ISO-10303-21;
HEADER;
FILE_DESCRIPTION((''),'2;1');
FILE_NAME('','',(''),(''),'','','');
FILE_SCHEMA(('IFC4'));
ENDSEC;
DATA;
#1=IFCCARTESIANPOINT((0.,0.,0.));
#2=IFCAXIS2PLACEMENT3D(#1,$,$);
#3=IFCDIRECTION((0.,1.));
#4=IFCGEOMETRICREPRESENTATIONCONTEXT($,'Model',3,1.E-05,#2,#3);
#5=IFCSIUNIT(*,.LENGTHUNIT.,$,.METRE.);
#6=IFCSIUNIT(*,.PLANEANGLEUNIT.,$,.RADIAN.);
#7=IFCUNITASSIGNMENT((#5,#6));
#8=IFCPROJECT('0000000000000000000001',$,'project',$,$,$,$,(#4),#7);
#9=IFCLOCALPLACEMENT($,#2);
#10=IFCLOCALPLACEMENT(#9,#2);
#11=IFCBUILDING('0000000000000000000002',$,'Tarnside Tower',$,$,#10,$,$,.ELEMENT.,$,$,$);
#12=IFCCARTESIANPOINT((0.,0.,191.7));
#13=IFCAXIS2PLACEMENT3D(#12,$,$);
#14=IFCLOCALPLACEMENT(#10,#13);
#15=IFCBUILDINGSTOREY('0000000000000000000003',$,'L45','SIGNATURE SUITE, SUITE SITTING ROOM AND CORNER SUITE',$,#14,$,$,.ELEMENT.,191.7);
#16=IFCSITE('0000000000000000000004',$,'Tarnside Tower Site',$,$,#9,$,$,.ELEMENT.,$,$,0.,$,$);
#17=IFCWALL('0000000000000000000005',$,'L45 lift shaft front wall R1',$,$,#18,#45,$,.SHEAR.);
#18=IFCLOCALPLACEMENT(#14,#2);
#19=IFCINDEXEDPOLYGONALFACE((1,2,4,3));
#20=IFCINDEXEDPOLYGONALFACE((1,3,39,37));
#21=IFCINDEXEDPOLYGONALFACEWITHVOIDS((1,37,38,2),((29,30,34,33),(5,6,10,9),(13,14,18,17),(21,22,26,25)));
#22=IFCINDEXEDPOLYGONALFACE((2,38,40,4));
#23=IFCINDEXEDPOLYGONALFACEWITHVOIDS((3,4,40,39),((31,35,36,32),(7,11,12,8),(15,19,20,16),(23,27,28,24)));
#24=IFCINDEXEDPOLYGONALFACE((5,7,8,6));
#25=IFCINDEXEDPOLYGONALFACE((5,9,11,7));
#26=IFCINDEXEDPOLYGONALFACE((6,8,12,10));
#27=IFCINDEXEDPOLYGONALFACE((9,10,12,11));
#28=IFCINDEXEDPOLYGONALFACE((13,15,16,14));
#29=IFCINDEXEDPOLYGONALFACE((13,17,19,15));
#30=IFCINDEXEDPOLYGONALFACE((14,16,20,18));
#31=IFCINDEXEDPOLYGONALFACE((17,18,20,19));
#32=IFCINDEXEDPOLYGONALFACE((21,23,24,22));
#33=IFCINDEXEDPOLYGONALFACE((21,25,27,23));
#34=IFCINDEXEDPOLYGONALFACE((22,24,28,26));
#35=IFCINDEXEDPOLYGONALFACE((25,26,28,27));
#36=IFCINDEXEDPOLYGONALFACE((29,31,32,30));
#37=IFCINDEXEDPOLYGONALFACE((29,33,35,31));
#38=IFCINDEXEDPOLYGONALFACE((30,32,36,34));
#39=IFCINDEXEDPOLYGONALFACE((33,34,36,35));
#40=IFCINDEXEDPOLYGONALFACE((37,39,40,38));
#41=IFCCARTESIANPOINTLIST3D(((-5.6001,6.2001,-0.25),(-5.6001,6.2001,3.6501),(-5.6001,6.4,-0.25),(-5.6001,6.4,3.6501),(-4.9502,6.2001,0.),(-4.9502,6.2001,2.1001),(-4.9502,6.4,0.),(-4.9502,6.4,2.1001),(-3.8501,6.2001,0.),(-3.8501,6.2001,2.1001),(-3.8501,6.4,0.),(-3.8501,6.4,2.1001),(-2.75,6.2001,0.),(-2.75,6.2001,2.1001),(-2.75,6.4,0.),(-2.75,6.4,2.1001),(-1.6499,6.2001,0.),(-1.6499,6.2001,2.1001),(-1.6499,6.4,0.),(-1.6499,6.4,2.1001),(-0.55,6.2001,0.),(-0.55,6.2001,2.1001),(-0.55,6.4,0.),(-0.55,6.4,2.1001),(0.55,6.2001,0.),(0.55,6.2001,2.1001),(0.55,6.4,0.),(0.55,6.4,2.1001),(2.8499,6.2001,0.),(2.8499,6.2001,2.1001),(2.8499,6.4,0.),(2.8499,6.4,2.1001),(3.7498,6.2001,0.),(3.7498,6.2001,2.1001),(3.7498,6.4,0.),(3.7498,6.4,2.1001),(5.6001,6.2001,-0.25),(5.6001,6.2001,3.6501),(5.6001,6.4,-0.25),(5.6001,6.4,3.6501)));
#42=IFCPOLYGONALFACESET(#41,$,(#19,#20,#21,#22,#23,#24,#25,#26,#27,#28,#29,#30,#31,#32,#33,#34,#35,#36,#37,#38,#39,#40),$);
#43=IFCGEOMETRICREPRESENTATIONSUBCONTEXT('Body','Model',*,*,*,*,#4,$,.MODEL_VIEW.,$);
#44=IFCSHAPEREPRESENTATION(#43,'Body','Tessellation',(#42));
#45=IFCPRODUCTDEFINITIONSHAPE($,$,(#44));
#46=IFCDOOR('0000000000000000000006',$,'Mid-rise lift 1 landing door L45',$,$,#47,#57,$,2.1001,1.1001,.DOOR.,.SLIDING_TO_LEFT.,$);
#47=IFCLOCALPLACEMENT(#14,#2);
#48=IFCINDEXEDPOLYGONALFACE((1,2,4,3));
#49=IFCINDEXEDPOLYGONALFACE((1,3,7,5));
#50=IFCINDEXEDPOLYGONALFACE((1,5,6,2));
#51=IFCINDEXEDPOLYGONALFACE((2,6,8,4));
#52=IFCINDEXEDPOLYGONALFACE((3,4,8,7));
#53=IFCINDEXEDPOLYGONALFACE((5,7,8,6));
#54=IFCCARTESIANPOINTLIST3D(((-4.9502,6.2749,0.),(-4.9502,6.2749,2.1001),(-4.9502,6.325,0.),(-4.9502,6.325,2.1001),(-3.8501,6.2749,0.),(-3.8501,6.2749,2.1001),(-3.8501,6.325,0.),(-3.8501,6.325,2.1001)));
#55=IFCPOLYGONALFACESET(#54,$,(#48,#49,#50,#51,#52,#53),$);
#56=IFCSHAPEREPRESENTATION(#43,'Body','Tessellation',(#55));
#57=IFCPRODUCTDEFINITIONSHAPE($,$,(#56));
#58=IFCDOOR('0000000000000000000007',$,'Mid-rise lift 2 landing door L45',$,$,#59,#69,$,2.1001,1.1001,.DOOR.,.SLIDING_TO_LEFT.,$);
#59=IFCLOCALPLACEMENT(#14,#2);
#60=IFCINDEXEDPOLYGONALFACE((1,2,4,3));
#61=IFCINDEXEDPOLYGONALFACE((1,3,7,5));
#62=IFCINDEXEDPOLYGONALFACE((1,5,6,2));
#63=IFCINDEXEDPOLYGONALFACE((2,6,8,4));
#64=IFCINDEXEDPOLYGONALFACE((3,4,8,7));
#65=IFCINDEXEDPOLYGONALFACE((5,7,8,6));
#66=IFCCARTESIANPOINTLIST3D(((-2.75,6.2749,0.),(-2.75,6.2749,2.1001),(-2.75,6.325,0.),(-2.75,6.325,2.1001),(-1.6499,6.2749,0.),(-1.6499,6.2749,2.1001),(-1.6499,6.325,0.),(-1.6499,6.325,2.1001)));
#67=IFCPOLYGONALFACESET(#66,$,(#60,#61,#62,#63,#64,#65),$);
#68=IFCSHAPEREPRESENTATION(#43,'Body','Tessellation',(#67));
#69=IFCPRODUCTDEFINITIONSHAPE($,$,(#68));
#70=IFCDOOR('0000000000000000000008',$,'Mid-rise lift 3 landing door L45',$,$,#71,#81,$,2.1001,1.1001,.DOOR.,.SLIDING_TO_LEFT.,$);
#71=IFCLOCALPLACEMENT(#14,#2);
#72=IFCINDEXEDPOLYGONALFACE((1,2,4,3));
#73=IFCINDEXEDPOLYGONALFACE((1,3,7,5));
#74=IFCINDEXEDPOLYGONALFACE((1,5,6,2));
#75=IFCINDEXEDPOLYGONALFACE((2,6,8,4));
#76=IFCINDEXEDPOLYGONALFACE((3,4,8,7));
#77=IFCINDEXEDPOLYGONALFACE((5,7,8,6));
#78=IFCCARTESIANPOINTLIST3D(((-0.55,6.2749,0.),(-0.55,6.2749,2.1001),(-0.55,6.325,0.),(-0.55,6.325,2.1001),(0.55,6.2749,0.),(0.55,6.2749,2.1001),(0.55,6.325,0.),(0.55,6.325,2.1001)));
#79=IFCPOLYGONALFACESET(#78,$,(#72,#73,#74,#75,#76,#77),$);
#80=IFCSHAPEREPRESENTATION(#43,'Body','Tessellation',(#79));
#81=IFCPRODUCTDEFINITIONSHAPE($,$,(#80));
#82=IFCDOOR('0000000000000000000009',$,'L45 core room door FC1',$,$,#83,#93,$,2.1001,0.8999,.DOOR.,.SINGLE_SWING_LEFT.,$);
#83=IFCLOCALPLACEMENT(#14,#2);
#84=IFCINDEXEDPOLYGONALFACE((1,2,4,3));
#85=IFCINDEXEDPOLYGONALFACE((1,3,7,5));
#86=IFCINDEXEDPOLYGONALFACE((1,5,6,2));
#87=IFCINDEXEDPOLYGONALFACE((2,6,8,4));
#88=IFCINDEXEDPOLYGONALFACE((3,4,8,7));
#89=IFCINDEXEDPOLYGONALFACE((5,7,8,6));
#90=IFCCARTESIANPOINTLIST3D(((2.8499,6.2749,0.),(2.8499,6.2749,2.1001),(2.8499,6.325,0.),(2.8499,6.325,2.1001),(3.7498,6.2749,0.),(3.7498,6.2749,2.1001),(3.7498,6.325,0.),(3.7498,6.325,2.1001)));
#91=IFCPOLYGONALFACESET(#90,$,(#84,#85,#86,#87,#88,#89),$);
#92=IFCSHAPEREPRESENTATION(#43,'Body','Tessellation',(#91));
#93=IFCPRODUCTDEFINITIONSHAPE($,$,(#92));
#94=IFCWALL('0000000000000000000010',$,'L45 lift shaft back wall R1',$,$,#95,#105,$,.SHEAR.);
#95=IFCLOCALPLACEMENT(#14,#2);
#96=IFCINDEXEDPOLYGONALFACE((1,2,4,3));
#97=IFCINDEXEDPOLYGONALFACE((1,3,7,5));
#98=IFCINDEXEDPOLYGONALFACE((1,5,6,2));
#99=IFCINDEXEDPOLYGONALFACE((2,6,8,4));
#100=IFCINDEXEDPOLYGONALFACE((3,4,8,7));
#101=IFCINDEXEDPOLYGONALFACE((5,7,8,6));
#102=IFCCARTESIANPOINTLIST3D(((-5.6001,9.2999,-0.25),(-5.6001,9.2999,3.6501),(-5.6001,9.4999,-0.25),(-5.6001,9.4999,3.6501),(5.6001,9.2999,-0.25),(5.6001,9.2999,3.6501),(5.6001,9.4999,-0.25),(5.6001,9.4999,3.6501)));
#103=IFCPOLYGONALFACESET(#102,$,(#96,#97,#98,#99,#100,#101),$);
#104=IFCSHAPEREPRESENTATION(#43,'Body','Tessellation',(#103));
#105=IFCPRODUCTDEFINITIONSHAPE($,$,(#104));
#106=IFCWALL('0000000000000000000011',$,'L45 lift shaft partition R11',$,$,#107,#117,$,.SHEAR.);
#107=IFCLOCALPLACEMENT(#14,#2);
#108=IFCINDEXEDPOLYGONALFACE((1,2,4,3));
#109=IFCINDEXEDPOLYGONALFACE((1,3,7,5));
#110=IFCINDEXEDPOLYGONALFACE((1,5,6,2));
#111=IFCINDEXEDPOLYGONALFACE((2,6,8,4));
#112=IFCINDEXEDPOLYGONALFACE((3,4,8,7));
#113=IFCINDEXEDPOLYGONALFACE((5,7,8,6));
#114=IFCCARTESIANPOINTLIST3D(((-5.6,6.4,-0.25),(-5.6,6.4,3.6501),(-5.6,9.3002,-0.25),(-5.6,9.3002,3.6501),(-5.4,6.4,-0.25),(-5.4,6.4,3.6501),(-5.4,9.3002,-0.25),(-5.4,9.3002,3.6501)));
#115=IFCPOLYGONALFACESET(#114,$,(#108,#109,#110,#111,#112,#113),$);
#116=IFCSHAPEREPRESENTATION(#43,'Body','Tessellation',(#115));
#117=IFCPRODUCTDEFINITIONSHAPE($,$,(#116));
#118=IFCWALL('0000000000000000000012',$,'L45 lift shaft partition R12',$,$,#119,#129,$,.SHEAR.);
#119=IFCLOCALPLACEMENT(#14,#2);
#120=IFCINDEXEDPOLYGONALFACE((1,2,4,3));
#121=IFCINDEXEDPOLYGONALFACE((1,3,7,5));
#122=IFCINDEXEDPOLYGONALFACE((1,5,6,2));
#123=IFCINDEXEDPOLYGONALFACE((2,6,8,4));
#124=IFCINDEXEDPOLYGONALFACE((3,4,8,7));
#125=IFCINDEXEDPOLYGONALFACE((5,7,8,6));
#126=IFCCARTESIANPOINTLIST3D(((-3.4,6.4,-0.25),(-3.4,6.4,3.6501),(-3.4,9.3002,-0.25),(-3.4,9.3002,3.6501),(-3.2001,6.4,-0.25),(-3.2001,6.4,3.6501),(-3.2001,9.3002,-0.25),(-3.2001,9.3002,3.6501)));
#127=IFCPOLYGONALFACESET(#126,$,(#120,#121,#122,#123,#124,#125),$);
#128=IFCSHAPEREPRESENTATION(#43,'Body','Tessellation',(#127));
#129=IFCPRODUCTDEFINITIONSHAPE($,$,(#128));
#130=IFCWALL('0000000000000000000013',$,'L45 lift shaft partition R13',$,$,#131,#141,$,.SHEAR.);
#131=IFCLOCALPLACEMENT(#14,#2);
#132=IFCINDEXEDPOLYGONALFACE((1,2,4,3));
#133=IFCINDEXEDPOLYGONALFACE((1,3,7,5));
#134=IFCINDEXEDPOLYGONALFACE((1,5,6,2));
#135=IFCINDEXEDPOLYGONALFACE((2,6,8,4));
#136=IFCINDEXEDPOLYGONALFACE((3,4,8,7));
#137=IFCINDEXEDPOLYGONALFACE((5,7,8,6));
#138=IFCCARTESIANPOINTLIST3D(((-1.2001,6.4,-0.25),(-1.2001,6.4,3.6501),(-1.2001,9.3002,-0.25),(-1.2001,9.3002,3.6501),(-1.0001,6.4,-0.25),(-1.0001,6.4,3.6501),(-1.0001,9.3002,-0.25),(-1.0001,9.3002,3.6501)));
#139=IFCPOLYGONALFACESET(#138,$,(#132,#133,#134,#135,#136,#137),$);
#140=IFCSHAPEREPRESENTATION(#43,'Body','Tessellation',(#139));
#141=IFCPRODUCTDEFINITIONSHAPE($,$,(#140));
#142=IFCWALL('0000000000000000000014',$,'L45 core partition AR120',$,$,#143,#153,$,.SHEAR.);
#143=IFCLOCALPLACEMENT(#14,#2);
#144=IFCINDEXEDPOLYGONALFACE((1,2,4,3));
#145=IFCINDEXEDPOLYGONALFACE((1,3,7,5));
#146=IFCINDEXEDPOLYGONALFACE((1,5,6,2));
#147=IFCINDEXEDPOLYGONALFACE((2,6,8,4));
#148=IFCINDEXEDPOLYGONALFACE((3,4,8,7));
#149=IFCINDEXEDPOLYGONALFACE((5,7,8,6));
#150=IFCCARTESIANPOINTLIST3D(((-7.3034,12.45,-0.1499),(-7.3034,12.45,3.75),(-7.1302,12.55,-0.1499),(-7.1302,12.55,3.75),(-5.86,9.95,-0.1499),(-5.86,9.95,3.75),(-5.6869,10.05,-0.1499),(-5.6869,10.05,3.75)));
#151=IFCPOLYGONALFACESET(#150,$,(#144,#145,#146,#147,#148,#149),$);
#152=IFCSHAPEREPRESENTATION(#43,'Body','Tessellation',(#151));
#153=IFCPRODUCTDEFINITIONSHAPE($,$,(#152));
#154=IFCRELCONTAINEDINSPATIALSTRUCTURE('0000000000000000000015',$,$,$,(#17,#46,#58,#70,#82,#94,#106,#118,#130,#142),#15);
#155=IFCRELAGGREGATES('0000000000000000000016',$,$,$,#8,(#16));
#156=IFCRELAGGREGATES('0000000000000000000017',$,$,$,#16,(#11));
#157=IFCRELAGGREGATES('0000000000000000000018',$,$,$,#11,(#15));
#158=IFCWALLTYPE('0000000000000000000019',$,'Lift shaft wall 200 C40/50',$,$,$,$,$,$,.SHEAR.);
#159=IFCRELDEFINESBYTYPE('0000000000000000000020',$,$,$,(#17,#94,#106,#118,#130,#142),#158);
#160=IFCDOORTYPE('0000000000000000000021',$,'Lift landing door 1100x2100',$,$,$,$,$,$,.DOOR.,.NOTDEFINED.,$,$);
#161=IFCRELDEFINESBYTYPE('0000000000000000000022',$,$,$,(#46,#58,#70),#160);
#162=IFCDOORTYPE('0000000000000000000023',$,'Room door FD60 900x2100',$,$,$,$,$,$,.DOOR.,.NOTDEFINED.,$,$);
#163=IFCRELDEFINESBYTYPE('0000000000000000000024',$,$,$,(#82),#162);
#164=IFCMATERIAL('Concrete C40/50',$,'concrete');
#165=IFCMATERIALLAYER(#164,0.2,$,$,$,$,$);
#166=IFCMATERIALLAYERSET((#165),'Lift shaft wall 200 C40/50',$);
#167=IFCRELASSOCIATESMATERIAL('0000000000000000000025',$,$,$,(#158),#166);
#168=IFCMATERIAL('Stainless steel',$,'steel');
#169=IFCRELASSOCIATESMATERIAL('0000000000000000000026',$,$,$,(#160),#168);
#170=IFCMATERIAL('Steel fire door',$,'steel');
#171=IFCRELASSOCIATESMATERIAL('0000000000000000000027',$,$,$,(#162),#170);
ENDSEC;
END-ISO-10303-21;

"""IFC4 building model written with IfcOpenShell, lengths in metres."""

from ifc_helpers import new_model, si_unit, direction, frame, frame_2d, origin, place, context, subcontext, project, spatial, rectangle, extrude, material, layer, layer_set, type_object, element, fill, save


model = new_model("IFC4")

# Units and contexts
model_context = context("Model", 3, precision=1e-05, world=origin(), true_north=direction((0.0, 1.0)))
body_context = subcontext(model_context, "Body", "Model", "MODEL_VIEW")
ifc_project = project(units=[si_unit("LENGTHUNIT", "METRE"), si_unit("PLANEANGLEUNIT", "RADIAN")], contexts=[model_context])

# Site, building, storey
site_placement = place(None, origin())
site = spatial("IfcSite", under=ifc_project, at=site_placement, Name="Tarnside Tower Site", CompositionType="ELEMENT", RefElevation=0.0)
building_placement = place(site_placement, origin())
building = spatial("IfcBuilding", under=site, at=building_placement, Name="Tarnside Tower", CompositionType="ELEMENT")
storey_placement = place(building_placement, frame((0.0, 0.0, 191.7)))
storey = spatial("IfcBuildingStorey", under=building, at=storey_placement, Name="L45", Description="SIGNATURE SUITE, SUITE SITTING ROOM AND CORNER SUITE", CompositionType="ELEMENT", Elevation=191.7)

# Shared definitions
ifc_material_1 = material(Name="Steel fire door", Category="steel")

# Wall, openings, doors
ifc_material_2 = material(Name="Concrete C40/50", Category="concrete")
ifc_layer_1 = layer(ifc_material_2, 0.2)
ifc_layer_set_1 = layer_set([ifc_layer_1], Name="Lift shaft wall 200 C40/50")
wall_type_1 = type_object("IfcWallType", Name="Lift shaft wall 200 C40/50", PredefinedType="SHEAR", material=ifc_layer_set_1)
wall_1_placement = place(storey_placement, frame((-5.6001, 6.3, -0.25), z_axis=(0.0, 0.0, 1.0), x_axis=(1.0, 0.0, 0.0)))
wall_1 = element("IfcWall", 1, at=wall_1_placement, inside=storey, type_object=wall_type_1, Name="L45 lift shaft front wall R1", PredefinedType="SHEAR", context=body_context, shape_type="SweptSolid", body=[
    extrude(rectangle(XDim=11.2002, YDim=0.2, at=frame_2d((5.6001, 0.0))), origin(), (0.0, 0.0, 1.0), 3.9001),
])
opening_1_placement = place(wall_1_placement, frame((8.45, 0.0, 0.25)))
opening_1 = element("IfcOpeningElement", 2, at=opening_1_placement, cuts=wall_1, PredefinedType="OPENING", context=body_context, shape_type="SweptSolid", body=[
    extrude(rectangle(XDim=0.8999, YDim=2.1001, at=frame_2d((0.45, 1.05))), frame((0.0, 0.1099, 0.0), z_axis=(0.0, -1.0, 0.0), x_axis=(1.0, 0.0, 0.0)), (0.0, 0.0, 1.0), 0.22),
])
opening_2_placement = place(wall_1_placement, frame((0.6499, 0.0, 0.25)))
opening_2 = element("IfcOpeningElement", 3, at=opening_2_placement, cuts=wall_1, PredefinedType="OPENING", context=body_context, shape_type="SweptSolid", body=[
    extrude(rectangle(XDim=1.1001, YDim=2.1001, at=frame_2d((0.55, 1.05))), frame((0.0, 0.1099, 0.0), z_axis=(0.0, -1.0, 0.0), x_axis=(1.0, 0.0, 0.0)), (0.0, 0.0, 1.0), 0.22),
])
opening_3_placement = place(wall_1_placement, frame((2.8501, 0.0, 0.25)))
opening_3 = element("IfcOpeningElement", 4, at=opening_3_placement, cuts=wall_1, PredefinedType="OPENING", context=body_context, shape_type="SweptSolid", body=[
    extrude(rectangle(XDim=1.1001, YDim=2.1001, at=frame_2d((0.55, 1.05))), frame((0.0, 0.1099, 0.0), z_axis=(0.0, -1.0, 0.0), x_axis=(1.0, 0.0, 0.0)), (0.0, 0.0, 1.0), 0.22),
])
opening_4_placement = place(wall_1_placement, frame((5.05, 0.0, 0.25)))
opening_4 = element("IfcOpeningElement", 5, at=opening_4_placement, cuts=wall_1, PredefinedType="OPENING", context=body_context, shape_type="SweptSolid", body=[
    extrude(rectangle(XDim=1.1001, YDim=2.1001, at=frame_2d((0.55, 1.05))), frame((0.0, 0.1099, 0.0), z_axis=(0.0, -1.0, 0.0), x_axis=(1.0, 0.0, 0.0)), (0.0, 0.0, 1.0), 0.22),
])
ifc_material_3 = material(Name="Stainless steel", Category="steel")
door_type_1 = type_object("IfcDoorType", Name="Lift landing door 1100x2100", OperationType="NOTDEFINED", PredefinedType="DOOR", material=ifc_material_3)
door_1_placement = place(opening_2_placement, origin())
door_1 = element("IfcDoor", 6, at=door_1_placement, inside=storey, type_object=door_type_1, Name="Mid-rise lift 1 landing door L45", OperationType="SLIDING_TO_LEFT", OverallHeight=2.1001, OverallWidth=1.1001, PredefinedType="DOOR", context=body_context, shape_type="SweptSolid", body=[
    extrude(rectangle(XDim=1.1001, YDim=2.1001, at=frame_2d((0.55, 1.05))), frame((0.0, 0.0249, 0.0), z_axis=(0.0, -1.0, 0.0), x_axis=(1.0, 0.0, 0.0)), (0.0, 0.0, 1.0), 0.05),
])
fill(opening_2, door_1)
door_2_placement = place(opening_3_placement, origin())
door_2 = element("IfcDoor", 7, at=door_2_placement, inside=storey, type_object=door_type_1, Name="Mid-rise lift 2 landing door L45", OperationType="SLIDING_TO_LEFT", OverallHeight=2.1001, OverallWidth=1.1001, PredefinedType="DOOR", context=body_context, shape_type="SweptSolid", body=[
    extrude(rectangle(XDim=1.1001, YDim=2.1001, at=frame_2d((0.55, 1.05))), frame((0.0, 0.0249, 0.0), z_axis=(0.0, -1.0, 0.0), x_axis=(1.0, 0.0, 0.0)), (0.0, 0.0, 1.0), 0.05),
])
fill(opening_3, door_2)
door_3_placement = place(opening_4_placement, origin())
door_3 = element("IfcDoor", 8, at=door_3_placement, inside=storey, type_object=door_type_1, Name="Mid-rise lift 3 landing door L45", OperationType="SLIDING_TO_LEFT", OverallHeight=2.1001, OverallWidth=1.1001, PredefinedType="DOOR", context=body_context, shape_type="SweptSolid", body=[
    extrude(rectangle(XDim=1.1001, YDim=2.1001, at=frame_2d((0.55, 1.05))), frame((0.0, 0.0249, 0.0), z_axis=(0.0, -1.0, 0.0), x_axis=(1.0, 0.0, 0.0)), (0.0, 0.0, 1.0), 0.05),
])
fill(opening_4, door_3)
door_type_2 = type_object("IfcDoorType", Name="Room door FD60 900x2100", OperationType="NOTDEFINED", PredefinedType="DOOR", material=ifc_material_1)
door_4_placement = place(opening_1_placement, origin())
door_4 = element("IfcDoor", 9, at=door_4_placement, inside=storey, type_object=door_type_2, Name="L45 core room door FC1", OperationType="SINGLE_SWING_LEFT", OverallHeight=2.1001, OverallWidth=0.8999, PredefinedType="DOOR", context=body_context, shape_type="SweptSolid", body=[
    extrude(rectangle(XDim=0.8999, YDim=2.1001, at=frame_2d((0.45, 1.05))), frame((0.0, 0.0249, 0.0), z_axis=(0.0, -1.0, 0.0), x_axis=(1.0, 0.0, 0.0)), (0.0, 0.0, 1.0), 0.05),
])
fill(opening_1, door_4)

# Walls
wall_2_placement = place(storey_placement, frame((-5.6001, 9.3999, -0.25), z_axis=(0.0, 0.0, 1.0), x_axis=(1.0, 0.0, 0.0)))
element("IfcWall", 10, at=wall_2_placement, inside=storey, type_object=wall_type_1, Name="L45 lift shaft back wall R1", PredefinedType="SHEAR", context=body_context, shape_type="SweptSolid", body=[
    extrude(rectangle(XDim=11.2002, YDim=0.2, at=frame_2d((5.6001, 0.0))), origin(), (0.0, 0.0, 1.0), 3.9001),
])
for number, where, z_axis, x_axis, name in (
    (11, (-5.5, 6.3999, -0.25), (0.0, 0.0, 1.0), (0.0, 1.0, 0.0), "L45 lift shaft partition R11"),
    (12, (-3.3, 6.3999, -0.25), (0.0, 0.0, 1.0), (0.0, 1.0, 0.0), "L45 lift shaft partition R12"),
    (13, (-1.1001, 6.3999, -0.25), (0.0, 0.0, 1.0), (0.0, 1.0, 0.0), "L45 lift shaft partition R13"),
):
    element("IfcWall", number, at=place(storey_placement, frame(where, z_axis=z_axis, x_axis=x_axis)), inside=storey, type_object=wall_type_1, Name=name, PredefinedType="SHEAR", context=body_context, shape_type="SweptSolid", body=[
        extrude(rectangle(XDim=2.9001, YDim=0.2, at=frame_2d((1.4502, 0.0))), origin(), (0.0, 0.0, 1.0), 3.9001),
    ])
wall_3_placement = place(storey_placement, frame((-5.7734, 10.0, -0.1499), z_axis=(0.0, 0.0, 1.0), x_axis=(-0.499996, 0.866028, 0.0)))
element("IfcWall", 14, at=wall_3_placement, inside=storey, type_object=wall_type_1, Name="L45 core partition AR120", PredefinedType="SHEAR", context=body_context, shape_type="SweptSolid", body=[
    extrude(rectangle(XDim=2.8867, YDim=0.2, at=frame_2d((1.4434, 0.0))), origin(), (0.0, 0.0, 1.0), 3.8999),
])

save(model, "model.ifc")
